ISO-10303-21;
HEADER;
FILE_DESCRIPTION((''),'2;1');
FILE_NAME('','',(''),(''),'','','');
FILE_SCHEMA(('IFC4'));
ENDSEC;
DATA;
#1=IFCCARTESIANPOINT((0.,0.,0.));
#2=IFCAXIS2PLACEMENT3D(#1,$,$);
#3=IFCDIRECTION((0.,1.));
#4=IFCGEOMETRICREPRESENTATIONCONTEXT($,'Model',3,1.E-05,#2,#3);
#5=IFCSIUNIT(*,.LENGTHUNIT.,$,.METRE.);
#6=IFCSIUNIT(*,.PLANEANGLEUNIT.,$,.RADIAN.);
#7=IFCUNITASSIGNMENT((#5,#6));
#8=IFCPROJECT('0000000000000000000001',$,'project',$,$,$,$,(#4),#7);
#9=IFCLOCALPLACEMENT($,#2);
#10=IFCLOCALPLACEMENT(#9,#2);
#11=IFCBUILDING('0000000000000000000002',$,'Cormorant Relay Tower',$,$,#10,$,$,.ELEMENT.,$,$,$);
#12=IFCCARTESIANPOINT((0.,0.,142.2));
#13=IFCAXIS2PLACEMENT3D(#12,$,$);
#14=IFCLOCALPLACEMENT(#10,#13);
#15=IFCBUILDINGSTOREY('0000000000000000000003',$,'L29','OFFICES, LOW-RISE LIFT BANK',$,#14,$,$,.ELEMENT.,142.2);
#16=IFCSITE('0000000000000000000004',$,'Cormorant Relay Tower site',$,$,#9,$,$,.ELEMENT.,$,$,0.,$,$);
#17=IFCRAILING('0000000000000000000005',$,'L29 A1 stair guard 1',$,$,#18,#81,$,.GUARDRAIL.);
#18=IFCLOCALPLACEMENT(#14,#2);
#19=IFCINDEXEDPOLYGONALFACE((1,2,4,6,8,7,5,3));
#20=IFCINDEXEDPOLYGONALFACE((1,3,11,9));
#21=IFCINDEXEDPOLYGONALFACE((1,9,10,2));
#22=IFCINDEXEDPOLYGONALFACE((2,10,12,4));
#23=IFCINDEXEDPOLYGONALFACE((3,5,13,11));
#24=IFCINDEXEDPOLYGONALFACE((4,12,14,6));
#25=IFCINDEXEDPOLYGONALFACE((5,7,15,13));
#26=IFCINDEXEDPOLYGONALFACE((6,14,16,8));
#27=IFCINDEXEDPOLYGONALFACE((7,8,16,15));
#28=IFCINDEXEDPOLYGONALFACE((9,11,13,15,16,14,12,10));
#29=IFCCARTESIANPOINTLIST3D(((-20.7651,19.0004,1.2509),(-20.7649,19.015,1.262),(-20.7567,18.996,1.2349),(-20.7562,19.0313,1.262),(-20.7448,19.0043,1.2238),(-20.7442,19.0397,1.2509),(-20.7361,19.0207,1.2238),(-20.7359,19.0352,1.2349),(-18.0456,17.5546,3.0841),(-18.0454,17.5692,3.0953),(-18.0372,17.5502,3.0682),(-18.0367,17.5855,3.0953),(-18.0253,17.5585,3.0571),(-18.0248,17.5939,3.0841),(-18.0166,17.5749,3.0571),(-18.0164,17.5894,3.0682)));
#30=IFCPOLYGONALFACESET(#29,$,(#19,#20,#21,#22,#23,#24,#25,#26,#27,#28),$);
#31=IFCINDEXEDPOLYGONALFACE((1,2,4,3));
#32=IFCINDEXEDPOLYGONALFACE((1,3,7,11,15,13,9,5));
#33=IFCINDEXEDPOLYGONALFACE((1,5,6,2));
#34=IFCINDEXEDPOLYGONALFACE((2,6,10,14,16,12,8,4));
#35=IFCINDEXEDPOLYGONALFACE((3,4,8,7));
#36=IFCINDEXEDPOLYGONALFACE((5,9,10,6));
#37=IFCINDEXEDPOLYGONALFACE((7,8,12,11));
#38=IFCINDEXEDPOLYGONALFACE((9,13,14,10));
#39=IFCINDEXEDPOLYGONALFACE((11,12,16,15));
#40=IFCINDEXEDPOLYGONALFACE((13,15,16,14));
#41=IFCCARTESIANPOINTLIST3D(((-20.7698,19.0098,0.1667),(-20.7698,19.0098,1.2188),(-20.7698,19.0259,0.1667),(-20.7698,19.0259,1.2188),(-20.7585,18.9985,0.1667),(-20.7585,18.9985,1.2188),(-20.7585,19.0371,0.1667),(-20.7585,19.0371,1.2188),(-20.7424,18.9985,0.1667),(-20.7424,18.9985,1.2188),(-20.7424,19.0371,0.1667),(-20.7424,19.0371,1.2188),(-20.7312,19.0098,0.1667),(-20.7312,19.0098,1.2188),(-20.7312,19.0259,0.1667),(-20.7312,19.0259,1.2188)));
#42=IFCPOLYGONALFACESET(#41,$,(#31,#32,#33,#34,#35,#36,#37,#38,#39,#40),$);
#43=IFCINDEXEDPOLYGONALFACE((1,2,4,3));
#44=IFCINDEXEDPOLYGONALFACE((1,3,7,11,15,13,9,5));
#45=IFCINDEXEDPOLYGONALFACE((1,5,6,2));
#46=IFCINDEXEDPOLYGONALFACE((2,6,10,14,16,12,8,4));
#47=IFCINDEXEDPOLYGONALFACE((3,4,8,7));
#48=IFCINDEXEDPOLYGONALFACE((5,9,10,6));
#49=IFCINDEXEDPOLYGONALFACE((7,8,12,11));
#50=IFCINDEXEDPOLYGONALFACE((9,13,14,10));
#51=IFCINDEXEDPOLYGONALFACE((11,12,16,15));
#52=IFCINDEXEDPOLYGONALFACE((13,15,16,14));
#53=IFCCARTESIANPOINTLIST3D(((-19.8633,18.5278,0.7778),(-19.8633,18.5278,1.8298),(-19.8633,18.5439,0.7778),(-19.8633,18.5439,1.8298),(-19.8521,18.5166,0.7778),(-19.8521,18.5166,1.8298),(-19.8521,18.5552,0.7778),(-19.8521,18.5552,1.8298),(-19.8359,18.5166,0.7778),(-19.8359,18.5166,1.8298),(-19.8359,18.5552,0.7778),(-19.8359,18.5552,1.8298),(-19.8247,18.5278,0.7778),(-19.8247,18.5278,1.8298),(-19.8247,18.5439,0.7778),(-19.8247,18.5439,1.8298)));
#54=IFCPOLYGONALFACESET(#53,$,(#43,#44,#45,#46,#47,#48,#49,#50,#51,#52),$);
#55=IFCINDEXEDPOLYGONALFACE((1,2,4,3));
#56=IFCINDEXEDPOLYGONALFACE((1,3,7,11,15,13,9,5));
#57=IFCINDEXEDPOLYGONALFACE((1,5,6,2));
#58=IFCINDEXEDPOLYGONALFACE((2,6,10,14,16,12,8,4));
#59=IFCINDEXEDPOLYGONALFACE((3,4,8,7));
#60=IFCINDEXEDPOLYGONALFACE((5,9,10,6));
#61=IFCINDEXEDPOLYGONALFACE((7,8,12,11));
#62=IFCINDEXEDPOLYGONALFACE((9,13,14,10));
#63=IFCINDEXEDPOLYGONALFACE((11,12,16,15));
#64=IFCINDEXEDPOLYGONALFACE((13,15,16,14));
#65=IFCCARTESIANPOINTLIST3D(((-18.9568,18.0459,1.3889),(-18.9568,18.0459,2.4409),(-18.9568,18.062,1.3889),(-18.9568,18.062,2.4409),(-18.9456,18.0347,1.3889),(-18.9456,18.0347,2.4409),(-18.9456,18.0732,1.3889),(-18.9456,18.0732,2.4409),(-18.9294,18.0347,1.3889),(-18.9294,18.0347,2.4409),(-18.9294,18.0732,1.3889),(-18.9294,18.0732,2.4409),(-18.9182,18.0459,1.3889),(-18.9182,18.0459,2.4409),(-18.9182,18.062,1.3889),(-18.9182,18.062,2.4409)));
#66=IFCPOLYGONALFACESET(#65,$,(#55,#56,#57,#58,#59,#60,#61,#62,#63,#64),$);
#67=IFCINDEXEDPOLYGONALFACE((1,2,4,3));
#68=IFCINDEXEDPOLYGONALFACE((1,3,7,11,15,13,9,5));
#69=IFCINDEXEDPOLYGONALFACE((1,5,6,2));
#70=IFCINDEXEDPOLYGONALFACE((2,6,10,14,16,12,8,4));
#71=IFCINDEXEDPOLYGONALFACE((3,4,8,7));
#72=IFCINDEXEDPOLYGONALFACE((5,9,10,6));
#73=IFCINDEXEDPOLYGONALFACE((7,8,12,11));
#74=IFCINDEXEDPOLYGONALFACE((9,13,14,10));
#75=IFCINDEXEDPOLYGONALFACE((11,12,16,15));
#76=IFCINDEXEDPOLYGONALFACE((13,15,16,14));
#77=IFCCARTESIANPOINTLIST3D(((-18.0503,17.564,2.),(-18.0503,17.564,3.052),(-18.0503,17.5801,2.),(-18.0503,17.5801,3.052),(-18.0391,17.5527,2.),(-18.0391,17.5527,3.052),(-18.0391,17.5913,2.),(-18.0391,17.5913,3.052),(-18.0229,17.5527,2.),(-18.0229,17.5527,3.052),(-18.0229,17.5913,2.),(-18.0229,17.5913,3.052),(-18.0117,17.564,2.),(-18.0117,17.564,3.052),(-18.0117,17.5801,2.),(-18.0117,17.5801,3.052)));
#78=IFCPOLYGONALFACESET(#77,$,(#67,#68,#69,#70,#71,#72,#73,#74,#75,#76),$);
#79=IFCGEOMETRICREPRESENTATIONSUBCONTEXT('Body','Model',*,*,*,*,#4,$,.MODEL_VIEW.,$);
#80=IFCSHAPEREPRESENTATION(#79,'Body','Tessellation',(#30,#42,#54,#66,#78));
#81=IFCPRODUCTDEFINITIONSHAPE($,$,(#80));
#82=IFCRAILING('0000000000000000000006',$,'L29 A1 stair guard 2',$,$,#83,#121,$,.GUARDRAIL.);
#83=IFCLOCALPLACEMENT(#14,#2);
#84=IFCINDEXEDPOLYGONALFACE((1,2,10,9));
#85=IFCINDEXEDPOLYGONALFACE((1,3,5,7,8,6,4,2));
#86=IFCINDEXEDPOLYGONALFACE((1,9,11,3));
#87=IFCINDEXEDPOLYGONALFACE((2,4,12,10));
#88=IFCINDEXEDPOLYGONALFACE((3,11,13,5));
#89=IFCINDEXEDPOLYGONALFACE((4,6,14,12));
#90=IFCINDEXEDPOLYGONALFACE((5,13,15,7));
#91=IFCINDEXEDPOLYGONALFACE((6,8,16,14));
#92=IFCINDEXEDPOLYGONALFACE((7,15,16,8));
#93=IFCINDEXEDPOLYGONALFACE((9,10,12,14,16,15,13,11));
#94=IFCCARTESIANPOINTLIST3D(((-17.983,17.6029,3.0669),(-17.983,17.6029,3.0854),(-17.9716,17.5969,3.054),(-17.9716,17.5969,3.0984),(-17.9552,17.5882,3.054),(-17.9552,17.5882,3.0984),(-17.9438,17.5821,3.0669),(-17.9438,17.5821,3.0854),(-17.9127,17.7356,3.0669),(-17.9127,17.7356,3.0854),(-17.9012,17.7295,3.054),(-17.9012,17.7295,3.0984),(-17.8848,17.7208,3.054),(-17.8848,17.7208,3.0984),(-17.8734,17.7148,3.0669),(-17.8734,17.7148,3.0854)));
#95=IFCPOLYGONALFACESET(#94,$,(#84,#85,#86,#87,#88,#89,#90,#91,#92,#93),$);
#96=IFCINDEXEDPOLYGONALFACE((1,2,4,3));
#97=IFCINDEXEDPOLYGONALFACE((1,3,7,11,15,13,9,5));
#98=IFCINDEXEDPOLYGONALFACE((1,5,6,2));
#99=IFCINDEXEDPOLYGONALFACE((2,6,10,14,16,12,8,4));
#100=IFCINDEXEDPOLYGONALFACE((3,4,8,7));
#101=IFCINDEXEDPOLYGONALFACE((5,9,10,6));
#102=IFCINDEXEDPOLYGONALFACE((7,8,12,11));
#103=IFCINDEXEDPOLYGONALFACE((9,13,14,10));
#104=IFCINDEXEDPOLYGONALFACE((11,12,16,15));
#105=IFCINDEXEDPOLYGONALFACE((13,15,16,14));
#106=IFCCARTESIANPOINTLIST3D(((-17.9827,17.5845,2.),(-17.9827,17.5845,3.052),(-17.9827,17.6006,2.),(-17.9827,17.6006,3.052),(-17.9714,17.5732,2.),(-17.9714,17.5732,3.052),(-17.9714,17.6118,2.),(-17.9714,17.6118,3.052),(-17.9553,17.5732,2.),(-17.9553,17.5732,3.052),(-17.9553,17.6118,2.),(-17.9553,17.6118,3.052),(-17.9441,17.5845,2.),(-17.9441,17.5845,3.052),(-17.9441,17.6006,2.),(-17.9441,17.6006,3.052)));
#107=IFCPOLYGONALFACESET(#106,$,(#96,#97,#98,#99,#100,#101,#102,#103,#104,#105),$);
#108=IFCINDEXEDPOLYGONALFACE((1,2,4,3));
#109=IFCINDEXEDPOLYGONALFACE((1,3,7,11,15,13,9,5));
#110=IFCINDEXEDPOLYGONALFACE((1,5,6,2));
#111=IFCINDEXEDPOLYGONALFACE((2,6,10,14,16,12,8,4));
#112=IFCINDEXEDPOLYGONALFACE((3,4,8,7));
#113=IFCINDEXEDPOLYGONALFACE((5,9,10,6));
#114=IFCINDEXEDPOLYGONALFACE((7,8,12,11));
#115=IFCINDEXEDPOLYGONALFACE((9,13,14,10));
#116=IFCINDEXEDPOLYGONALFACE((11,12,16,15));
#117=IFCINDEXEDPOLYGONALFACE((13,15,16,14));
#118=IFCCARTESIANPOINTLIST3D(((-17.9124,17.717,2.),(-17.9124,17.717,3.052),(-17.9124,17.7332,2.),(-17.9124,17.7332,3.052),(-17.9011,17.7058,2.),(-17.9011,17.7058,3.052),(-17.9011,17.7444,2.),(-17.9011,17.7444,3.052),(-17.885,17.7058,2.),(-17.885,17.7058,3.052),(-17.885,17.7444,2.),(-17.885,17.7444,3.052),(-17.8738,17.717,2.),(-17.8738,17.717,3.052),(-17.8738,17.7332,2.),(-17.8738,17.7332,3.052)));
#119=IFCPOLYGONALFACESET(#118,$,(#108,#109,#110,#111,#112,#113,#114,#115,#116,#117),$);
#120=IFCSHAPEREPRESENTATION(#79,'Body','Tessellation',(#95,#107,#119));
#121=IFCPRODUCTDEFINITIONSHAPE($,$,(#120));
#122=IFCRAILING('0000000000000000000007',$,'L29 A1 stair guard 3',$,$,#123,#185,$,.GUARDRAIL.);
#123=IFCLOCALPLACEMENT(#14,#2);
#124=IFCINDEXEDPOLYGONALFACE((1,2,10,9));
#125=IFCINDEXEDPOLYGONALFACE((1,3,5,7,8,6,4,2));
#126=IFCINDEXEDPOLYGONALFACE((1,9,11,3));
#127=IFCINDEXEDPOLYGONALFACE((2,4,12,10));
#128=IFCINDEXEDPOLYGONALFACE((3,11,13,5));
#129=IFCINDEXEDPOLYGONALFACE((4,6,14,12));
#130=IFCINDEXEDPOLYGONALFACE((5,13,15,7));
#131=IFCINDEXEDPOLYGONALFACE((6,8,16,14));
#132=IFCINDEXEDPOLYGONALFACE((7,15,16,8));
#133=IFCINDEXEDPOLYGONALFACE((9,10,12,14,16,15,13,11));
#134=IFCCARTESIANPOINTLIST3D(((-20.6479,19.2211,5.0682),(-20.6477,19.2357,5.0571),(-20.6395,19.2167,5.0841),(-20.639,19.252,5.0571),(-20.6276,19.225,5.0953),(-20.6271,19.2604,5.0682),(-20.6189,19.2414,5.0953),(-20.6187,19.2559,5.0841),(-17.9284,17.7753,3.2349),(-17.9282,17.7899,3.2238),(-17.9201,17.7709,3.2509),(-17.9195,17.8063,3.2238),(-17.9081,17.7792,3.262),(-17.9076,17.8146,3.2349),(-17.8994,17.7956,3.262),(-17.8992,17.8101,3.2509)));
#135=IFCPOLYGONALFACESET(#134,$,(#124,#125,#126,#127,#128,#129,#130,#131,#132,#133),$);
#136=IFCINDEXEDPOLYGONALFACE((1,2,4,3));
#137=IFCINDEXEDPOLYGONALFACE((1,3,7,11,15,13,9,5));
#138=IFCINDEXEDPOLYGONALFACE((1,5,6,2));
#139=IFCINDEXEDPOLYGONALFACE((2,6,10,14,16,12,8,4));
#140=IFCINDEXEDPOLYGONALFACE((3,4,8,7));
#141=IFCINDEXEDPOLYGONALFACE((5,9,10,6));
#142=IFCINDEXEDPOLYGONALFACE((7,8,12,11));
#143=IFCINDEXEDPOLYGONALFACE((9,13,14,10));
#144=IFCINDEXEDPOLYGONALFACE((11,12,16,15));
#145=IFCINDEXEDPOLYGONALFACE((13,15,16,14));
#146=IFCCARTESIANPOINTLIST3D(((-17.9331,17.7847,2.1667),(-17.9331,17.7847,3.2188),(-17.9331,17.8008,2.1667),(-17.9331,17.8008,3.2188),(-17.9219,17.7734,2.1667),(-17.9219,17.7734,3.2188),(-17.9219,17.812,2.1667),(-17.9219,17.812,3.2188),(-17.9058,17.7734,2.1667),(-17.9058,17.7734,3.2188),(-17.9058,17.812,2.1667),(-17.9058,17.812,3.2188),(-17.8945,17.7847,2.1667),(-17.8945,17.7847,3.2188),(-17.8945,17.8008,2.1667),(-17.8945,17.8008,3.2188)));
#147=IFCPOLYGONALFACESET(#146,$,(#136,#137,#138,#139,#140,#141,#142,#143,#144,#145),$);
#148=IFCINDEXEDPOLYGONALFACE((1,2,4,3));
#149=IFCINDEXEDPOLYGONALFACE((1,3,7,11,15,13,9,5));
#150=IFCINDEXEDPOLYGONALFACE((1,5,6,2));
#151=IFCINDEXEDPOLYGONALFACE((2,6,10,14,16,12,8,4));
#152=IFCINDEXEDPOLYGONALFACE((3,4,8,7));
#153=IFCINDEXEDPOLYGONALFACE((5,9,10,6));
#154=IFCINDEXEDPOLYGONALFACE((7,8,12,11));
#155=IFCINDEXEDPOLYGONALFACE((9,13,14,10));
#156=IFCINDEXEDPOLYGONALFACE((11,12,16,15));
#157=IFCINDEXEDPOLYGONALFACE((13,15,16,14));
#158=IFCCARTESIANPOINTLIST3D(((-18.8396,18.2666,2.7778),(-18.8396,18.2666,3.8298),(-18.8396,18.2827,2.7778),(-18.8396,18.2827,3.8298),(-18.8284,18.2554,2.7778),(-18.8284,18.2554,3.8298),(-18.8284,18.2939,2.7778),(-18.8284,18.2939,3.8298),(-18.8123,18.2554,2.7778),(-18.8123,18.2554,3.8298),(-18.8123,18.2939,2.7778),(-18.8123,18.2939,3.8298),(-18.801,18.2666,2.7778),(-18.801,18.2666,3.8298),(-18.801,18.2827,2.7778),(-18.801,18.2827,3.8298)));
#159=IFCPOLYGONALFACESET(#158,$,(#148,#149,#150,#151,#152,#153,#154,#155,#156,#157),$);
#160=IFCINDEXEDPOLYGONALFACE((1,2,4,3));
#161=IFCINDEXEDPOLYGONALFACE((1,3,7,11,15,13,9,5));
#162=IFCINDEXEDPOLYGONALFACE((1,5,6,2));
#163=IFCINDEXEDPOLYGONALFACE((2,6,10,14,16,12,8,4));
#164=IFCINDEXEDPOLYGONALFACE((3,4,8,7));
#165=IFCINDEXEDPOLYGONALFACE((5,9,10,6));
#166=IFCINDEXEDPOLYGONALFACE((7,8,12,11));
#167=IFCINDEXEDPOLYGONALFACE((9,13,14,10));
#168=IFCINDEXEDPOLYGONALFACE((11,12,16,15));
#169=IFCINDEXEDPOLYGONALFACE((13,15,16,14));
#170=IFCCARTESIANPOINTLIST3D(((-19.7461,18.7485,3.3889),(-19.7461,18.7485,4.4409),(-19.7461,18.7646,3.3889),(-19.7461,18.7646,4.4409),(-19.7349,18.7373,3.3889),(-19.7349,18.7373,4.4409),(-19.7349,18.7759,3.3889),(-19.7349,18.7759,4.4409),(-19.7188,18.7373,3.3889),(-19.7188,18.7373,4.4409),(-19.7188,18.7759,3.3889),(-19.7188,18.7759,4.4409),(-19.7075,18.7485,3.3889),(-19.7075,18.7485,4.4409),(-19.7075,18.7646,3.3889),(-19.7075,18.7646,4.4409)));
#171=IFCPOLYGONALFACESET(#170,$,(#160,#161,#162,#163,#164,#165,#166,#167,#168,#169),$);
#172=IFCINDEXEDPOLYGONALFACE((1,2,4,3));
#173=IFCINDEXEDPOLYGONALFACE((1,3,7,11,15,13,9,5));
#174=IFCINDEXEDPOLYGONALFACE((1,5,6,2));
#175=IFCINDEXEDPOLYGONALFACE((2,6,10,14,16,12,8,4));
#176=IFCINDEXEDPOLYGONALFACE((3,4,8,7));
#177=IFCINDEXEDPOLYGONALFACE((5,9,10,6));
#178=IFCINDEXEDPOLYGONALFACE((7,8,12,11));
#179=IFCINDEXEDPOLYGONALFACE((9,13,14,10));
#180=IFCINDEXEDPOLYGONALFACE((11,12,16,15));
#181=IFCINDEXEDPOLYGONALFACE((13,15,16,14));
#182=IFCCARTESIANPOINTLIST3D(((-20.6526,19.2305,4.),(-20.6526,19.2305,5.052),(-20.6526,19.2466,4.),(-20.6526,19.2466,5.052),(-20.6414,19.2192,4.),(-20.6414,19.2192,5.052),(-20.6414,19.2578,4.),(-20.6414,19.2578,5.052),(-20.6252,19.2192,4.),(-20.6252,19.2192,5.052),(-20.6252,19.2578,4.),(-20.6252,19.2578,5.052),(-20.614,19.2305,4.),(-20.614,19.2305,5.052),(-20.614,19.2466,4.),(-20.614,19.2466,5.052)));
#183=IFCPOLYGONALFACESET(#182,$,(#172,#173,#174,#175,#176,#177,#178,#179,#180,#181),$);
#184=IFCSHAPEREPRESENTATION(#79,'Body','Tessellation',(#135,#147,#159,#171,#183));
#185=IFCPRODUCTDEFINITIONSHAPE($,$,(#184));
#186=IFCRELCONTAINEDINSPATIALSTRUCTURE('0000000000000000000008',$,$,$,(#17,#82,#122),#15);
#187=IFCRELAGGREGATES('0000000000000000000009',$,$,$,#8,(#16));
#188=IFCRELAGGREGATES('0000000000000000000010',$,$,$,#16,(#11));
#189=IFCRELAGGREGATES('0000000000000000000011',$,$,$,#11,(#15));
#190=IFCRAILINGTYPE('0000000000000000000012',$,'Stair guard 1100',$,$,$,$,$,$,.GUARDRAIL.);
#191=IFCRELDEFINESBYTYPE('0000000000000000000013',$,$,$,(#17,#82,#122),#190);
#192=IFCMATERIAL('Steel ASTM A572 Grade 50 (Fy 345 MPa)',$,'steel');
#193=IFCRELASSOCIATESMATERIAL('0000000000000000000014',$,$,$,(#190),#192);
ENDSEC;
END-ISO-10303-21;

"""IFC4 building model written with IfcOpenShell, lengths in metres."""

from ifc_helpers import new_model, si_unit, direction, frame, origin, place, context, subcontext, project, spatial, polyline, outline, extrude, material, type_object, element, save


model = new_model("IFC4")

# Units and contexts
model_context = context("Model", 3, precision=1e-05, world=origin(), true_north=direction((0.0, 1.0)))
body_context = subcontext(model_context, "Body", "Model", "MODEL_VIEW")
ifc_project = project(units=[si_unit("LENGTHUNIT", "METRE"), si_unit("PLANEANGLEUNIT", "RADIAN")], contexts=[model_context])

# Site, building, storey
site_placement = place(None, origin())
site = spatial("IfcSite", under=ifc_project, at=site_placement, Name="Cormorant Relay Tower site", CompositionType="ELEMENT", RefElevation=0.0)
building_placement = place(site_placement, origin())
building = spatial("IfcBuilding", under=site, at=building_placement, Name="Cormorant Relay Tower", CompositionType="ELEMENT")
storey_placement = place(building_placement, frame((0.0, 0.0, 142.2)))
storey = spatial("IfcBuildingStorey", under=building, at=storey_placement, Name="L29", Description="OFFICES, LOW-RISE LIFT BANK", CompositionType="ELEMENT", Elevation=142.2)

# Railings
ifc_material_1 = material(Name="Steel ASTM A572 Grade 50 (Fy 345 MPa)", Category="steel")
railing_type_1 = type_object("IfcRailingType", Name="Stair guard 1100", PredefinedType="GUARDRAIL", material=ifc_material_1)
railing_1_placement = place(storey_placement, frame((-20.7505, 19.0178, 0.1667)))
element("IfcRailing", 1, at=railing_1_placement, inside=storey, type_object=railing_type_1, Name="L29 A1 stair guard 1", PredefinedType="GUARDRAIL", context=body_context, shape_type="SweptSolid", body=[
    extrude(outline(polyline([(0.0222, 0.0093), (0.0093, 0.0222), (-0.0093, 0.0222), (-0.0222, 0.0093), (-0.0222, -0.0093), (-0.0093, -0.0222), (0.0093, -0.0222), (0.0222, -0.0093), (0.0222, 0.0093)])), frame((0.0, 0.0, 1.0762), z_axis=(0.758735, -0.403378, 0.511477), x_axis=(0.469428, 0.882971, 0.0)), (0.0, 0.0, 1.0), 3.5842),
    extrude(outline(polyline([(0.0193, 0.0081), (0.0081, 0.0193), (-0.0081, 0.0193), (-0.0193, 0.0081), (-0.0193, -0.0081), (-0.0081, -0.0193), (0.0081, -0.0193), (0.0193, -0.0081), (0.0193, 0.0081)])), origin(), (0.0, 0.0, 1.0), 1.052),
    extrude(outline(polyline([(0.0193, 0.0081), (0.0081, 0.0193), (-0.0081, 0.0193), (-0.0193, 0.0081), (-0.0193, -0.0081), (-0.0081, -0.0193), (0.0081, -0.0193), (0.0193, -0.0081), (0.0193, 0.0081)])), frame((0.9065, -0.4819, 0.6111)), (0.0, 0.0, 1.0), 1.052),
    extrude(outline(polyline([(0.0193, 0.0081), (0.0081, 0.0193), (-0.0081, 0.0193), (-0.0193, 0.0081), (-0.0193, -0.0081), (-0.0081, -0.0193), (0.0081, -0.0193), (0.0193, -0.0081), (0.0193, 0.0081)])), frame((1.813, -0.9639, 1.2222)), (0.0, 0.0, 1.0), 1.052),
    extrude(outline(polyline([(0.0193, 0.0081), (0.0081, 0.0193), (-0.0081, 0.0193), (-0.0193, 0.0081), (-0.0193, -0.0081), (-0.0081, -0.0193), (0.0081, -0.0193), (0.0193, -0.0081), (0.0193, 0.0081)])), frame((2.7195, -1.4458, 1.8333)), (0.0, 0.0, 1.0), 1.052),
])
railing_2_placement = place(storey_placement, frame((-17.9634, 17.5925, 2.0)))
element("IfcRailing", 2, at=railing_2_placement, inside=storey, type_object=railing_type_1, Name="L29 A1 stair guard 2", PredefinedType="GUARDRAIL", context=body_context, shape_type="SweptSolid", body=[
    extrude(outline(polyline([(0.0222, 0.0093), (0.0093, 0.0222), (-0.0093, 0.0222), (-0.0222, 0.0093), (-0.0222, -0.0093), (-0.0093, -0.0222), (0.0093, -0.0222), (0.0222, -0.0093), (0.0222, 0.0093)])), frame((0.0, 0.0, 1.0762), z_axis=(0.46856, 0.883431, 0.0), x_axis=(-0.883431, 0.46856, 0.0)), (0.0, 0.0, 1.0), 0.1501),
    extrude(outline(polyline([(0.0193, 0.0081), (0.0081, 0.0193), (-0.0081, 0.0193), (-0.0193, 0.0081), (-0.0193, -0.0081), (-0.0081, -0.0193), (0.0081, -0.0193), (0.0193, -0.0081), (0.0193, 0.0081)])), origin(), (0.0, 0.0, 1.0), 1.052),
    extrude(outline(polyline([(0.0193, 0.0081), (0.0081, 0.0193), (-0.0081, 0.0193), (-0.0193, 0.0081), (-0.0193, -0.0081), (-0.0081, -0.0193), (0.0081, -0.0193), (0.0193, -0.0081), (0.0193, 0.0081)])), frame((0.0703, 0.1326, 0.0)), (0.0, 0.0, 1.0), 1.052),
])
railing_3_placement = place(storey_placement, frame((-17.9138, 17.7927, 2.1667)))
element("IfcRailing", 3, at=railing_3_placement, inside=storey, type_object=railing_type_1, Name="L29 A1 stair guard 3", PredefinedType="GUARDRAIL", context=body_context, shape_type="SweptSolid", body=[
    extrude(outline(polyline([(0.0222, 0.0093), (0.0093, 0.0222), (-0.0093, 0.0222), (-0.0222, 0.0093), (-0.0222, -0.0093), (-0.0093, -0.0222), (0.0093, -0.0222), (0.0222, -0.0093), (0.0222, 0.0093)])), frame((0.0, 0.0, 1.0762), z_axis=(-0.758735, 0.403378, 0.511477), x_axis=(-0.469428, -0.882971, 0.0)), (0.0, 0.0, 1.0), 3.5842),
    extrude(outline(polyline([(0.0193, 0.0081), (0.0081, 0.0193), (-0.0081, 0.0193), (-0.0193, 0.0081), (-0.0193, -0.0081), (-0.0081, -0.0193), (0.0081, -0.0193), (0.0193, -0.0081), (0.0193, 0.0081)])), origin(), (0.0, 0.0, 1.0), 1.052),
    extrude(outline(polyline([(0.0193, 0.0081), (0.0081, 0.0193), (-0.0081, 0.0193), (-0.0193, 0.0081), (-0.0193, -0.0081), (-0.0081, -0.0193), (0.0081, -0.0193), (0.0193, -0.0081), (0.0193, 0.0081)])), frame((-0.9065, 0.4819, 0.6111)), (0.0, 0.0, 1.0), 1.052),
    extrude(outline(polyline([(0.0193, 0.0081), (0.0081, 0.0193), (-0.0081, 0.0193), (-0.0193, 0.0081), (-0.0193, -0.0081), (-0.0081, -0.0193), (0.0081, -0.0193), (0.0193, -0.0081), (0.0193, 0.0081)])), frame((-1.813, 0.9639, 1.2222)), (0.0, 0.0, 1.0), 1.052),
    extrude(outline(polyline([(0.0193, 0.0081), (0.0081, 0.0193), (-0.0081, 0.0193), (-0.0193, 0.0081), (-0.0193, -0.0081), (-0.0081, -0.0193), (0.0081, -0.0193), (0.0193, -0.0081), (0.0193, 0.0081)])), frame((-2.7195, 1.4458, 1.8333)), (0.0, 0.0, 1.0), 1.052),
])

save(model, "model.ifc")
